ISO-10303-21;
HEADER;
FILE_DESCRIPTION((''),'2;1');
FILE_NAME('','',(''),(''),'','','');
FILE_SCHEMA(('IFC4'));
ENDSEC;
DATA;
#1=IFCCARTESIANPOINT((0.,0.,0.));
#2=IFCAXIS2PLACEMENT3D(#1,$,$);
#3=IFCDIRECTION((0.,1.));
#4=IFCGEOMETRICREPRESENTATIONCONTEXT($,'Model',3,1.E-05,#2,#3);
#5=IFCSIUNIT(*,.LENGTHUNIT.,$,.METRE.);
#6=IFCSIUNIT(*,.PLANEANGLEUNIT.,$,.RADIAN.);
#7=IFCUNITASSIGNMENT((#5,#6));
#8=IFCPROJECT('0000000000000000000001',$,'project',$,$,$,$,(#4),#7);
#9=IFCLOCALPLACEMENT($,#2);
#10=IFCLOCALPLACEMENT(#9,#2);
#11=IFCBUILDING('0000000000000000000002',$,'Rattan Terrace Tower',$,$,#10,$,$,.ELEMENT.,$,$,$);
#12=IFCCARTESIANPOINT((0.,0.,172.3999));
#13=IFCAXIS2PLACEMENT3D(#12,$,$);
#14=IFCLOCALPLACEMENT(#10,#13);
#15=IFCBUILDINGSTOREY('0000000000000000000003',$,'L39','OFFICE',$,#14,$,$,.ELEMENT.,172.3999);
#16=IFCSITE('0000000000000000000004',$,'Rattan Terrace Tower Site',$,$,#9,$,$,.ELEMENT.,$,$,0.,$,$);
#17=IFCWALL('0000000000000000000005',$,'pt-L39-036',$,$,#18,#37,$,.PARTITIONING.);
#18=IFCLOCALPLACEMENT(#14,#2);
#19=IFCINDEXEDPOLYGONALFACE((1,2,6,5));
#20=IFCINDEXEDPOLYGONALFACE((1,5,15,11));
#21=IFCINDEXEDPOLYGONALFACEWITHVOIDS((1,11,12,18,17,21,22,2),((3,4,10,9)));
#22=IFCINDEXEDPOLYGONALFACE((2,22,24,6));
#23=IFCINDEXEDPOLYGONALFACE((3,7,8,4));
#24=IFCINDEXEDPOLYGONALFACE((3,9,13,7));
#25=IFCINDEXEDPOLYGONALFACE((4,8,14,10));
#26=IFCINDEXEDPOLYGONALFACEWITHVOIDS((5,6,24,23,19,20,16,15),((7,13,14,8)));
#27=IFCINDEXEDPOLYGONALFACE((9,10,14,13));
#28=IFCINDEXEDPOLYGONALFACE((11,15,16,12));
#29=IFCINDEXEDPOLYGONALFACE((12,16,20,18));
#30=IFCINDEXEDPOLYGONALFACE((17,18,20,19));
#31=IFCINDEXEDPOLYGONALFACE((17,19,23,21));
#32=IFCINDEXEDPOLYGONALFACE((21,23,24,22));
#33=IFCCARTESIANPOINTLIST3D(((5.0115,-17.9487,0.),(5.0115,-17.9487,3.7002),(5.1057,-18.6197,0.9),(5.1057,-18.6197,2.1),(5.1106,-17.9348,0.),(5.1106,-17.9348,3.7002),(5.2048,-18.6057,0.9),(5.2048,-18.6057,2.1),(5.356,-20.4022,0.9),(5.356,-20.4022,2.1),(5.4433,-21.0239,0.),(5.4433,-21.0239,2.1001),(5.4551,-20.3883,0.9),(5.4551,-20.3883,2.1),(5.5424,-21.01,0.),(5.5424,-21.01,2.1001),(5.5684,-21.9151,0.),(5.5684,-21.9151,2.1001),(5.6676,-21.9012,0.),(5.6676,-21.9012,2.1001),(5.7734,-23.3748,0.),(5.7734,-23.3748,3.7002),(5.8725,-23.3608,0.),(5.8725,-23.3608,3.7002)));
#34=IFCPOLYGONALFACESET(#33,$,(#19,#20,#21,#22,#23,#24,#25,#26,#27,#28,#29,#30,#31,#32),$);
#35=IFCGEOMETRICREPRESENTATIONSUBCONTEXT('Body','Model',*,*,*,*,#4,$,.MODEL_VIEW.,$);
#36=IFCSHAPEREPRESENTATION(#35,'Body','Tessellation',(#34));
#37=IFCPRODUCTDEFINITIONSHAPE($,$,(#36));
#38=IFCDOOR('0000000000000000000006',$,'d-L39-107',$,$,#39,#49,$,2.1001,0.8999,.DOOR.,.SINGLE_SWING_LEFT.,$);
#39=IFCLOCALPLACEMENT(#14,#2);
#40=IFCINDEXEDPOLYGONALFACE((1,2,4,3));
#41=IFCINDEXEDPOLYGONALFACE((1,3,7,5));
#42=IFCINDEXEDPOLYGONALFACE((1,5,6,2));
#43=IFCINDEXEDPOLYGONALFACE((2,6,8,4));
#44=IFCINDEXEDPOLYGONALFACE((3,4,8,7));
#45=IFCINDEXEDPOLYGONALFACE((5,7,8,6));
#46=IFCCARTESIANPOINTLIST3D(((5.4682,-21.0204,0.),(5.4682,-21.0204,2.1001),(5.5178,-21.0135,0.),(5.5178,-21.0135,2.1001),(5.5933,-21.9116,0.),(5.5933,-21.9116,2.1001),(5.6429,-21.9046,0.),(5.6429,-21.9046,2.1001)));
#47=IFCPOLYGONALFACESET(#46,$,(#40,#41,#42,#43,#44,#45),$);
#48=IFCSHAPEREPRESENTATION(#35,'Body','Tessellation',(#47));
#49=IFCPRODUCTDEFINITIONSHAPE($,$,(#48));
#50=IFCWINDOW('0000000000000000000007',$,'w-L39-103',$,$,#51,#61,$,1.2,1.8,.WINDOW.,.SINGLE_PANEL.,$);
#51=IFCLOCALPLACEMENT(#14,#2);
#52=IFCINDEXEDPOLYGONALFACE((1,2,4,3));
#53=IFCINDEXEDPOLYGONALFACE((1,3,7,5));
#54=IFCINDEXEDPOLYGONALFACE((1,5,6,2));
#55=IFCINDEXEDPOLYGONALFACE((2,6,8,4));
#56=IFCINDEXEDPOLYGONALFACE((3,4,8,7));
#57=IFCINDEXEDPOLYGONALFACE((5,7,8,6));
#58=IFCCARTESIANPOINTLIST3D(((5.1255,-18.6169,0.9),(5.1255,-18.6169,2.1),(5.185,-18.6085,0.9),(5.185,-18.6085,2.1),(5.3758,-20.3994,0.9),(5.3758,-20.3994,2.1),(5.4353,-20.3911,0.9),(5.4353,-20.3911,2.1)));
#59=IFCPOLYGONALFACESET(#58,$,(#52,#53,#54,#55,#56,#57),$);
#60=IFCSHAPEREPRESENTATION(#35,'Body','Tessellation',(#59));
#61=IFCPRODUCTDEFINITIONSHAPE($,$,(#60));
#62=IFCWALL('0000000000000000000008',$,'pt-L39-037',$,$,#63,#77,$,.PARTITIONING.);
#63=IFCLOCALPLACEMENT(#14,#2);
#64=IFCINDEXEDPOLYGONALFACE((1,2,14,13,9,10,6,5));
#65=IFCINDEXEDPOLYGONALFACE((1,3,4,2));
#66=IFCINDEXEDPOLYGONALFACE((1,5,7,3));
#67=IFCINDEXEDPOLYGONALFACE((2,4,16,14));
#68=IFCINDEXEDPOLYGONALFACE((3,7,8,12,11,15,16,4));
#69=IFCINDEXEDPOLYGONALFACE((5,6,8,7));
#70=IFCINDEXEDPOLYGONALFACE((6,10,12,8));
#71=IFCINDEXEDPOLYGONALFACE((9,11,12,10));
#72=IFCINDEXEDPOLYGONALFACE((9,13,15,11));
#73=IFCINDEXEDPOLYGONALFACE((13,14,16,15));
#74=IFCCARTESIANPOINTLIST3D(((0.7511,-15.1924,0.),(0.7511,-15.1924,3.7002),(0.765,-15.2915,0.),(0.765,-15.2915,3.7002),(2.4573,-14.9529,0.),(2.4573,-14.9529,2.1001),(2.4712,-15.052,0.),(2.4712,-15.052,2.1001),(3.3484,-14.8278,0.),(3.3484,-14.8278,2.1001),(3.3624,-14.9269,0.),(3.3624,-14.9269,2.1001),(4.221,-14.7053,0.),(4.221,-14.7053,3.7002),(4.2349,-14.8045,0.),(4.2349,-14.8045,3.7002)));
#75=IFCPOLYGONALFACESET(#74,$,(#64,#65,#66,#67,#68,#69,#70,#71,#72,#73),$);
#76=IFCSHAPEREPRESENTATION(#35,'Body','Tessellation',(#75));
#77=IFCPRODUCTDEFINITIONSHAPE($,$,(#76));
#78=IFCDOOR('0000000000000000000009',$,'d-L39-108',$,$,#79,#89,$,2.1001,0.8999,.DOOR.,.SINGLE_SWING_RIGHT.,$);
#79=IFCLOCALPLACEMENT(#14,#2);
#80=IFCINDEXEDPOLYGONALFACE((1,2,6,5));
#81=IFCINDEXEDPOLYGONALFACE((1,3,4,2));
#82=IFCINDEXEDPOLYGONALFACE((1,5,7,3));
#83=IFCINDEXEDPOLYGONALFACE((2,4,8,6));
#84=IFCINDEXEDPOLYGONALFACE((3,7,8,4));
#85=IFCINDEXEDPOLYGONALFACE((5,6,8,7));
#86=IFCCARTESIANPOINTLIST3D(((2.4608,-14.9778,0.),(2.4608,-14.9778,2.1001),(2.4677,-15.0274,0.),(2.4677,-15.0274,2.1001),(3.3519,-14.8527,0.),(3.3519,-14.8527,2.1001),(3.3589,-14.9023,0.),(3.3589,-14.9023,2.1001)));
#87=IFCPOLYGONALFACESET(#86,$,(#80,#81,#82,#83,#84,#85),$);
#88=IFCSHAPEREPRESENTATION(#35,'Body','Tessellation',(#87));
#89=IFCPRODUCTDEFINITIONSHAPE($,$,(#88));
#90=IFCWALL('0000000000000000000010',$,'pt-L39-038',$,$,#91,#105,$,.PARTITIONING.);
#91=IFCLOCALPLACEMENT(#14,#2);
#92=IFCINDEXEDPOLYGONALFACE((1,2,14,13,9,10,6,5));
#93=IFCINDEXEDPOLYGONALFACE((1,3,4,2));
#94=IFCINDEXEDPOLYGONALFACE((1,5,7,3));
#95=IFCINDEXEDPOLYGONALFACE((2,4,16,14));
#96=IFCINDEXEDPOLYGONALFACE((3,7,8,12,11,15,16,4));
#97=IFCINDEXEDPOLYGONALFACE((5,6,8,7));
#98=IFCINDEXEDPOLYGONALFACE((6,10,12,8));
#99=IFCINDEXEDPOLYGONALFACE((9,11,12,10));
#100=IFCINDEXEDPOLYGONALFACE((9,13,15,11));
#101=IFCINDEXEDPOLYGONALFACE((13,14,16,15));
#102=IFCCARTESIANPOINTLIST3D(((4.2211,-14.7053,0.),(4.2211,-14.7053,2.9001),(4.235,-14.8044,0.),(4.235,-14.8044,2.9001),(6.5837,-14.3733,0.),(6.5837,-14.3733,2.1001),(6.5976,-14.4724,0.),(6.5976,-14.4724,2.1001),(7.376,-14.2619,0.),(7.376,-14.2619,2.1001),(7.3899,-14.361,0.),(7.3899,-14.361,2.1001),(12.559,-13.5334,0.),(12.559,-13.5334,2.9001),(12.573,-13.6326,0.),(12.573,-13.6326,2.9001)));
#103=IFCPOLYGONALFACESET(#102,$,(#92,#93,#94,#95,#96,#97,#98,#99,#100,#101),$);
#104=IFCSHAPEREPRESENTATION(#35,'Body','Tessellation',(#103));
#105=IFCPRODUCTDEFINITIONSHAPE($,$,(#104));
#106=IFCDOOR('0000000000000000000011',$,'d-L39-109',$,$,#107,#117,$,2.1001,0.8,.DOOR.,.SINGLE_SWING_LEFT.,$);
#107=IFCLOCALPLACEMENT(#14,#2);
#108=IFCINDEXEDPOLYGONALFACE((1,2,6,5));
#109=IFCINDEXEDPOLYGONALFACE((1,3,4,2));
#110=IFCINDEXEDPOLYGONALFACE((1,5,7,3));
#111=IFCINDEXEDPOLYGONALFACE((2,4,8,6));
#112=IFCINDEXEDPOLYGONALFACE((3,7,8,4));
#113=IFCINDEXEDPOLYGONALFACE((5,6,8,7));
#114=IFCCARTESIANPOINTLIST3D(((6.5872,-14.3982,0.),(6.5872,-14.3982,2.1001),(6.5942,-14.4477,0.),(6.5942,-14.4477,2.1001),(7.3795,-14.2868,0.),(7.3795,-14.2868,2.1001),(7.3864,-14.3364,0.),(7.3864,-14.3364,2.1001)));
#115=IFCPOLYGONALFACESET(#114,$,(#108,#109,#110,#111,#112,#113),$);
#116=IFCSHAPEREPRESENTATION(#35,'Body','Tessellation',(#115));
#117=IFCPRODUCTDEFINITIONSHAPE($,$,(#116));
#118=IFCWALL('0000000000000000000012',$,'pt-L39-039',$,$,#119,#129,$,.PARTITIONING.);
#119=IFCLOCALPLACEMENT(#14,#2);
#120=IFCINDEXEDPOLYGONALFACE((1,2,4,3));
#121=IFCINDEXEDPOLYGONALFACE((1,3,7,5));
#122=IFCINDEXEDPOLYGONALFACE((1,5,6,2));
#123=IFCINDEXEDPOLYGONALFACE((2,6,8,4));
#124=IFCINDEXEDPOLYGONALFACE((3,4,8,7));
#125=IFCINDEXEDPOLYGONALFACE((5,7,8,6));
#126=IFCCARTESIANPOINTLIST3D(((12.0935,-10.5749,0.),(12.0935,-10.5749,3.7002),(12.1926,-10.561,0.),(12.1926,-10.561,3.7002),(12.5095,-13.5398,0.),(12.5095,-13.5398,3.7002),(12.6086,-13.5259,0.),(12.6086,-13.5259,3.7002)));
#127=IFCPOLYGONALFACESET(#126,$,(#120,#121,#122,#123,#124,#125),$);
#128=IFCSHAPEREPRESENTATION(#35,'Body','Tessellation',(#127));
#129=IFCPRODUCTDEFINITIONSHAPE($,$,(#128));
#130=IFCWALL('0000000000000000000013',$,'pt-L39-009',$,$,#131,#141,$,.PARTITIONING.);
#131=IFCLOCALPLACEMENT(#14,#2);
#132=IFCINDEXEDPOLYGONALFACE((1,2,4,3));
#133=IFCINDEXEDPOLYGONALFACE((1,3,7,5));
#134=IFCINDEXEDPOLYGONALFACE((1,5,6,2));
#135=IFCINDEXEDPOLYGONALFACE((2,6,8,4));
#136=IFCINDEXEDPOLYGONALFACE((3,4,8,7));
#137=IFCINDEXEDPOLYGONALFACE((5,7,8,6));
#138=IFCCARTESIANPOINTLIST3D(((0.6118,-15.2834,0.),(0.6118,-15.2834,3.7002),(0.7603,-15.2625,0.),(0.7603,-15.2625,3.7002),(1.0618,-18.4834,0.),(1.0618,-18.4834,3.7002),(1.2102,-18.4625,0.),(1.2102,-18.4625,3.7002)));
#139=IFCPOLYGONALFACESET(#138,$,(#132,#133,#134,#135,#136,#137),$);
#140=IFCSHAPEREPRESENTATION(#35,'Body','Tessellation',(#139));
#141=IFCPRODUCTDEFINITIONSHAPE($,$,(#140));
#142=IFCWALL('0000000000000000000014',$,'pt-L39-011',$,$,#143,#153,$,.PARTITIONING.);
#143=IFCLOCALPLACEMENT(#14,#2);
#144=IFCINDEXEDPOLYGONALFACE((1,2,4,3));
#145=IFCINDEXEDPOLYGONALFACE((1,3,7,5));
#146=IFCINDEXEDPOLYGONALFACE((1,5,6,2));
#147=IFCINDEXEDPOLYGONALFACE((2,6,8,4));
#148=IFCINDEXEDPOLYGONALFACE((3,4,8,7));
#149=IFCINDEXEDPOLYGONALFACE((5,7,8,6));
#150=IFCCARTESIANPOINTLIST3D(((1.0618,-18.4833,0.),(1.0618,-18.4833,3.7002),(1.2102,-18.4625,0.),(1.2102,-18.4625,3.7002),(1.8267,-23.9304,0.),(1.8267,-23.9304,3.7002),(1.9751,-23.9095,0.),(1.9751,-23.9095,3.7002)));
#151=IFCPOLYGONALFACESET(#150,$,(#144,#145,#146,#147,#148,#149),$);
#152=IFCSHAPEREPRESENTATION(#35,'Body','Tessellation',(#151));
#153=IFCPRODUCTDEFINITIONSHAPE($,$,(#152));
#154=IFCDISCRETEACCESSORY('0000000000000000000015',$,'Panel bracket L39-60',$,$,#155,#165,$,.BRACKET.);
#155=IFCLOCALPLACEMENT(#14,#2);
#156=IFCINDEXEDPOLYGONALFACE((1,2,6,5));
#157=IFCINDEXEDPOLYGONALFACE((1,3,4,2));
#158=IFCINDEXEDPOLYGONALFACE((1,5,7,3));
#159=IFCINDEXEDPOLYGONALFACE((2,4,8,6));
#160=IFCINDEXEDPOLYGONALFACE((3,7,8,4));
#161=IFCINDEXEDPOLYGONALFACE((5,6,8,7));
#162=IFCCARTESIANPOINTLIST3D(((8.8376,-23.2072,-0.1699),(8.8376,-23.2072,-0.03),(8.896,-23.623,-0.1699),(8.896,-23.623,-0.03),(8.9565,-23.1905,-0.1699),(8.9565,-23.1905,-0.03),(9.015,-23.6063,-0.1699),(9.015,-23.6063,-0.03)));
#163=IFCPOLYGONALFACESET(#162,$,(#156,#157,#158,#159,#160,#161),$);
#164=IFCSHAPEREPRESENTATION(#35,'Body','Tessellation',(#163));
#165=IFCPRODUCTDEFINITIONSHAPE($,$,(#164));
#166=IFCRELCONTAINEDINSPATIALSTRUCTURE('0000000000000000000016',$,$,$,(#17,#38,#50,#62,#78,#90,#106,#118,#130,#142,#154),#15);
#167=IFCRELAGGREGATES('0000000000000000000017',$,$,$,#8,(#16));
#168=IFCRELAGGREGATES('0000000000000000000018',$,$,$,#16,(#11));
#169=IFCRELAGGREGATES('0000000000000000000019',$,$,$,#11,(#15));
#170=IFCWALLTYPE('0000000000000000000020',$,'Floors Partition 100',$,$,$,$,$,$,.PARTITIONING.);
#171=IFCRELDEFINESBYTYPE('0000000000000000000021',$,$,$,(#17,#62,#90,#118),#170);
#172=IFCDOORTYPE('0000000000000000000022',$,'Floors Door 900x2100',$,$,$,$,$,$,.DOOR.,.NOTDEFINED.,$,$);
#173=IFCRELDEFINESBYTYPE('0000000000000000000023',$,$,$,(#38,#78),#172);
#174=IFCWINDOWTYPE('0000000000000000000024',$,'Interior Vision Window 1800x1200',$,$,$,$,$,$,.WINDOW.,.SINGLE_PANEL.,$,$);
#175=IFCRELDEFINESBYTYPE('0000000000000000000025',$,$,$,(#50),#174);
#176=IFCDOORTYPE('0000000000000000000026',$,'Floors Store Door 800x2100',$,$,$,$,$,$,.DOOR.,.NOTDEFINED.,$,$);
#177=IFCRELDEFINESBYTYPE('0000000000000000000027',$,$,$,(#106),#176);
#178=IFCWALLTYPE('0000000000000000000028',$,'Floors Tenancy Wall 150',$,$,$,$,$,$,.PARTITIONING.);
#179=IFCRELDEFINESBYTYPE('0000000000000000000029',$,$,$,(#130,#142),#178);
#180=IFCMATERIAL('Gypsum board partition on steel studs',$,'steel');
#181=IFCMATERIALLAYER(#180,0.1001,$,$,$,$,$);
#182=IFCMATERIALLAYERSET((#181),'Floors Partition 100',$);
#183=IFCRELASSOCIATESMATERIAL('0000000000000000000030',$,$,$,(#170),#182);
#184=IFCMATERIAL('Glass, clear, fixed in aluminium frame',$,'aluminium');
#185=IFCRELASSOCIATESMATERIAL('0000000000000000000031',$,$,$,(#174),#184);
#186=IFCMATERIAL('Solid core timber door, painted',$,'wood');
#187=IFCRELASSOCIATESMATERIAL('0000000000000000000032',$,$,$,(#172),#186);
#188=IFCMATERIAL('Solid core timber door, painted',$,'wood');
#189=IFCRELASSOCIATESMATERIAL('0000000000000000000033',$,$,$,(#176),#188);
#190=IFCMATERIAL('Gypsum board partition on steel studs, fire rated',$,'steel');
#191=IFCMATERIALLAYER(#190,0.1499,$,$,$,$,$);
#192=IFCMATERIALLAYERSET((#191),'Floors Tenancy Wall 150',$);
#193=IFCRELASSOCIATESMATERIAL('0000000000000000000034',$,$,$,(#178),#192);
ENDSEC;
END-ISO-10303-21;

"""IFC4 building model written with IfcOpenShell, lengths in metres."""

from ifc_helpers import new_model, si_unit, direction, frame, frame_2d, origin, origin_2d, place, context, subcontext, project, spatial, rectangle, extrude, material, layer, layer_set, type_object, element, fill, save


model = new_model("IFC4")

# Units and contexts
model_context = context("Model", 3, precision=1e-05, world=origin(), true_north=direction((0.0, 1.0)))
body_context = subcontext(model_context, "Body", "Model", "MODEL_VIEW")
ifc_project = project(units=[si_unit("LENGTHUNIT", "METRE"), si_unit("PLANEANGLEUNIT", "RADIAN")], contexts=[model_context])

# Site, building, storey
site_placement = place(None, origin())
site = spatial("IfcSite", under=ifc_project, at=site_placement, Name="Rattan Terrace Tower Site", CompositionType="ELEMENT", RefElevation=0.0)
building_placement = place(site_placement, origin())
building = spatial("IfcBuilding", under=site, at=building_placement, Name="Rattan Terrace Tower", CompositionType="ELEMENT")
storey_placement = place(building_placement, frame((0.0, 0.0, 172.3999)))
storey = spatial("IfcBuildingStorey", under=building, at=storey_placement, Name="L39", Description="OFFICE", CompositionType="ELEMENT", Elevation=172.3999)

# Shared definitions
ifc_material_1 = material(Name="Gypsum board partition on steel studs", Category="steel")
ifc_layer_1 = layer(ifc_material_1, 0.1001)
ifc_layer_set_1 = layer_set([ifc_layer_1], Name="Floors Partition 100")
wall_type_1 = type_object("IfcWallType", Name="Floors Partition 100", PredefinedType="PARTITIONING", material=ifc_layer_set_1)
ifc_material_2 = material(Name="Glass, clear, fixed in aluminium frame", Category="aluminium")
window_type = type_object("IfcWindowType", Name="Interior Vision Window 1800x1200", PartitioningType="SINGLE_PANEL", PredefinedType="WINDOW", material=ifc_material_2)

# Wall, openings, door, window
wall_1_placement = place(storey_placement, frame((5.823, -23.3679, 0.0), z_axis=(0.0, 0.0, 1.0), x_axis=(-0.139063, 0.990284, 0.0)))
wall_1 = element("IfcWall", 1, at=wall_1_placement, inside=storey, type_object=wall_type_1, Name="pt-L39-036", PredefinedType="PARTITIONING", context=body_context, shape_type="SweptSolid", body=[
    extrude(rectangle(XDim=5.4792, YDim=0.1001, at=frame_2d((2.7397, 0.0))), origin(), (0.0, 0.0, 1.0), 3.7002),
])
opening_1_placement = place(wall_1_placement, frame((1.4741, 0.0, 0.0)))
opening_1 = element("IfcOpeningElement", 2, at=opening_1_placement, cuts=wall_1, PredefinedType="OPENING", context=body_context, shape_type="SweptSolid", body=[
    extrude(rectangle(XDim=0.8999, YDim=2.1001, at=frame_2d((0.45, 1.05))), frame((0.0, 0.0605, 0.0), z_axis=(0.0, -1.0, 0.0), x_axis=(1.0, 0.0, 0.0)), (0.0, 0.0, 1.0), 0.1211),
])
opening_2_placement = place(wall_1_placement, frame((3.002, 0.0, 0.8999)))
opening_2 = element("IfcOpeningElement", 3, at=opening_2_placement, cuts=wall_1, PredefinedType="OPENING", context=body_context, shape_type="SweptSolid", body=[
    extrude(rectangle(XDim=1.8, YDim=1.2, at=frame_2d((0.8999, 0.6001))), frame((0.0, 0.0605, 0.0), z_axis=(0.0, -1.0, 0.0), x_axis=(1.0, 0.0, 0.0)), (0.0, 0.0, 1.0), 0.1211),
])
ifc_material_3 = material(Name="Solid core timber door, painted", Category="wood")
door_type_1 = type_object("IfcDoorType", Name="Floors Door 900x2100", OperationType="NOTDEFINED", PredefinedType="DOOR", material=ifc_material_3)
door_1_placement = place(opening_1_placement, origin())
door_1 = element("IfcDoor", 4, at=door_1_placement, inside=storey, type_object=door_type_1, Name="d-L39-107", OperationType="SINGLE_SWING_LEFT", OverallHeight=2.1001, OverallWidth=0.8999, PredefinedType="DOOR", context=body_context, shape_type="SweptSolid", body=[
    extrude(rectangle(XDim=0.8999, YDim=2.1001, at=frame_2d((0.45, 1.05))), frame((0.0, 0.0249, 0.0), z_axis=(0.0, -1.0, 0.0), x_axis=(1.0, 0.0, 0.0)), (0.0, 0.0, 1.0), 0.05),
])
fill(opening_1, door_1)
window_1_placement = place(opening_2_placement, origin())
window_1 = element("IfcWindow", 5, at=window_1_placement, inside=storey, type_object=window_type, Name="w-L39-103", OverallHeight=1.2, OverallWidth=1.8, PartitioningType="SINGLE_PANEL", PredefinedType="WINDOW", context=body_context, shape_type="SweptSolid", body=[
    extrude(rectangle(XDim=1.8, YDim=1.2, at=frame_2d((0.8999, 0.6001))), frame((0.0, 0.03, 0.0), z_axis=(0.0, -1.0, 0.0), x_axis=(1.0, 0.0, 0.0)), (0.0, 0.0, 1.0), 0.0601),
])
fill(opening_2, window_1)

# Walls, openings, doors
wall_2_placement = place(storey_placement, frame((0.7581, -15.2419, 0.0), z_axis=(0.0, 0.0, 1.0), x_axis=(0.990292, 0.139002, 0.0)))
wall_2 = element("IfcWall", 6, at=wall_2_placement, inside=storey, type_object=wall_type_1, Name="pt-L39-037", PredefinedType="PARTITIONING", context=body_context, shape_type="SweptSolid", body=[
    extrude(rectangle(XDim=3.5039, YDim=0.1001, at=frame_2d((1.752, 0.0))), origin(), (0.0, 0.0, 1.0), 3.7002),
])
opening_3_placement = place(wall_2_placement, frame((1.7229, 0.0, 0.0)))
opening_3 = element("IfcOpeningElement", 7, at=opening_3_placement, cuts=wall_2, PredefinedType="OPENING", context=body_context, shape_type="SweptSolid", body=[
    extrude(rectangle(XDim=0.8999, YDim=2.1001, at=frame_2d((0.45, 1.05))), frame((0.0, 0.0605, 0.0), z_axis=(0.0, -1.0, 0.0), x_axis=(1.0, 0.0, 0.0)), (0.0, 0.0, 1.0), 0.1211),
])
door_2_placement = place(opening_3_placement, origin())
door_2 = element("IfcDoor", 8, at=door_2_placement, inside=storey, type_object=door_type_1, Name="d-L39-108", OperationType="SINGLE_SWING_RIGHT", OverallHeight=2.1001, OverallWidth=0.8999, PredefinedType="DOOR", context=body_context, shape_type="SweptSolid", body=[
    extrude(rectangle(XDim=0.8999, YDim=2.1001, at=frame_2d((0.45, 1.05))), frame((0.0, 0.0249, 0.0), z_axis=(0.0, -1.0, 0.0), x_axis=(1.0, 0.0, 0.0)), (0.0, 0.0, 1.0), 0.05),
])
fill(opening_3, door_2)
wall_3_placement = place(storey_placement, frame((4.228, -14.7549, 0.0), z_axis=(0.0, 0.0, 1.0), x_axis=(0.990267, 0.13918, 0.0)))
wall_3 = element("IfcWall", 9, at=wall_3_placement, inside=storey, type_object=wall_type_1, Name="pt-L39-038", PredefinedType="PARTITIONING", context=body_context, shape_type="SweptSolid", body=[
    extrude(rectangle(XDim=8.4199, YDim=0.1001, at=frame_2d((4.21, 0.0))), origin(), (0.0, 0.0, 1.0), 2.9001),
])
opening_4_placement = place(wall_3_placement, frame((2.386, 0.0, 0.0)))
opening_4 = element("IfcOpeningElement", 10, at=opening_4_placement, cuts=wall_3, PredefinedType="OPENING", context=body_context, shape_type="SweptSolid", body=[
    extrude(rectangle(XDim=0.8, YDim=2.1001, at=frame_2d((0.3999, 1.05))), frame((0.0, 0.0605, 0.0), z_axis=(0.0, -1.0, 0.0), x_axis=(1.0, 0.0, 0.0)), (0.0, 0.0, 1.0), 0.1211),
])
ifc_material_4 = material(Name="Solid core timber door, painted", Category="wood")
door_type_2 = type_object("IfcDoorType", Name="Floors Store Door 800x2100", OperationType="NOTDEFINED", PredefinedType="DOOR", material=ifc_material_4)
door_3_placement = place(opening_4_placement, origin())
door_3 = element("IfcDoor", 11, at=door_3_placement, inside=storey, type_object=door_type_2, Name="d-L39-109", OperationType="SINGLE_SWING_LEFT", OverallHeight=2.1001, OverallWidth=0.8, PredefinedType="DOOR", context=body_context, shape_type="SweptSolid", body=[
    extrude(rectangle(XDim=0.8, YDim=2.1001, at=frame_2d((0.3999, 1.05))), frame((0.0, 0.0249, 0.0), z_axis=(0.0, -1.0, 0.0), x_axis=(1.0, 0.0, 0.0)), (0.0, 0.0, 1.0), 0.05),
])
fill(opening_4, door_3)

# Walls
wall_4_placement = place(storey_placement, frame((12.5591, -13.533, 0.0), z_axis=(0.0, 0.0, 1.0), x_axis=(-0.138955, 0.990299, 0.0)))
element("IfcWall", 12, at=wall_4_placement, inside=storey, type_object=wall_type_1, Name="pt-L39-039", PredefinedType="PARTITIONING", context=body_context, shape_type="SweptSolid", body=[
    extrude(rectangle(XDim=2.9939, YDim=0.1001, at=frame_2d((1.4971, 0.0))), origin(), (0.0, 0.0, 1.0), 3.7002),
])
ifc_material_5 = material(Name="Gypsum board partition on steel studs, fire rated", Category="steel")
ifc_layer_2 = layer(ifc_material_5, 0.1499)
ifc_layer_set_2 = layer_set([ifc_layer_2], Name="Floors Tenancy Wall 150")
wall_type_2 = type_object("IfcWallType", Name="Floors Tenancy Wall 150", PredefinedType="PARTITIONING", material=ifc_layer_set_2)
wall_5_placement = place(storey_placement, frame((0.686, -15.2729, 0.0), z_axis=(0.0, 0.0, 1.0), x_axis=(0.139242, -0.990258, 0.0)))
element("IfcWall", 13, at=wall_5_placement, inside=storey, type_object=wall_type_2, Name="pt-L39-009", PredefinedType="PARTITIONING", context=body_context, shape_type="SweptSolid", body=[
    extrude(rectangle(XDim=3.2314, YDim=0.1499, at=frame_2d((1.6157, 0.0))), origin(), (0.0, 0.0, 1.0), 3.7002),
])
wall_6_placement = place(storey_placement, frame((1.136, -18.4729, 0.0), z_axis=(0.0, 0.0, 1.0), x_axis=(0.13906, -0.990284, 0.0)))
element("IfcWall", 14, at=wall_6_placement, inside=storey, type_object=wall_type_2, Name="pt-L39-011", PredefinedType="PARTITIONING", context=body_context, shape_type="SweptSolid", body=[
    extrude(rectangle(XDim=5.5005, YDim=0.1499, at=frame_2d((2.7502, 0.0))), origin(), (0.0, 0.0, 1.0), 3.7002),
])

# Discrete accessory
discrete_accessory_placement = place(storey_placement, frame((8.9263, -23.4067, -0.1699), z_axis=(0.0, 0.0, 1.0), x_axis=(0.99027, 0.139161, 0.0)))
element("IfcDiscreteAccessory", 15, at=discrete_accessory_placement, inside=storey, Name="Panel bracket L39-60", PredefinedType="BRACKET", context=body_context, shape_type="SweptSolid", body=[
    extrude(rectangle(XDim=0.1201, YDim=0.4199, at=origin_2d()), origin(), (0.0, 0.0, 1.0), 0.1399),
])

save(model, "model.ifc")
